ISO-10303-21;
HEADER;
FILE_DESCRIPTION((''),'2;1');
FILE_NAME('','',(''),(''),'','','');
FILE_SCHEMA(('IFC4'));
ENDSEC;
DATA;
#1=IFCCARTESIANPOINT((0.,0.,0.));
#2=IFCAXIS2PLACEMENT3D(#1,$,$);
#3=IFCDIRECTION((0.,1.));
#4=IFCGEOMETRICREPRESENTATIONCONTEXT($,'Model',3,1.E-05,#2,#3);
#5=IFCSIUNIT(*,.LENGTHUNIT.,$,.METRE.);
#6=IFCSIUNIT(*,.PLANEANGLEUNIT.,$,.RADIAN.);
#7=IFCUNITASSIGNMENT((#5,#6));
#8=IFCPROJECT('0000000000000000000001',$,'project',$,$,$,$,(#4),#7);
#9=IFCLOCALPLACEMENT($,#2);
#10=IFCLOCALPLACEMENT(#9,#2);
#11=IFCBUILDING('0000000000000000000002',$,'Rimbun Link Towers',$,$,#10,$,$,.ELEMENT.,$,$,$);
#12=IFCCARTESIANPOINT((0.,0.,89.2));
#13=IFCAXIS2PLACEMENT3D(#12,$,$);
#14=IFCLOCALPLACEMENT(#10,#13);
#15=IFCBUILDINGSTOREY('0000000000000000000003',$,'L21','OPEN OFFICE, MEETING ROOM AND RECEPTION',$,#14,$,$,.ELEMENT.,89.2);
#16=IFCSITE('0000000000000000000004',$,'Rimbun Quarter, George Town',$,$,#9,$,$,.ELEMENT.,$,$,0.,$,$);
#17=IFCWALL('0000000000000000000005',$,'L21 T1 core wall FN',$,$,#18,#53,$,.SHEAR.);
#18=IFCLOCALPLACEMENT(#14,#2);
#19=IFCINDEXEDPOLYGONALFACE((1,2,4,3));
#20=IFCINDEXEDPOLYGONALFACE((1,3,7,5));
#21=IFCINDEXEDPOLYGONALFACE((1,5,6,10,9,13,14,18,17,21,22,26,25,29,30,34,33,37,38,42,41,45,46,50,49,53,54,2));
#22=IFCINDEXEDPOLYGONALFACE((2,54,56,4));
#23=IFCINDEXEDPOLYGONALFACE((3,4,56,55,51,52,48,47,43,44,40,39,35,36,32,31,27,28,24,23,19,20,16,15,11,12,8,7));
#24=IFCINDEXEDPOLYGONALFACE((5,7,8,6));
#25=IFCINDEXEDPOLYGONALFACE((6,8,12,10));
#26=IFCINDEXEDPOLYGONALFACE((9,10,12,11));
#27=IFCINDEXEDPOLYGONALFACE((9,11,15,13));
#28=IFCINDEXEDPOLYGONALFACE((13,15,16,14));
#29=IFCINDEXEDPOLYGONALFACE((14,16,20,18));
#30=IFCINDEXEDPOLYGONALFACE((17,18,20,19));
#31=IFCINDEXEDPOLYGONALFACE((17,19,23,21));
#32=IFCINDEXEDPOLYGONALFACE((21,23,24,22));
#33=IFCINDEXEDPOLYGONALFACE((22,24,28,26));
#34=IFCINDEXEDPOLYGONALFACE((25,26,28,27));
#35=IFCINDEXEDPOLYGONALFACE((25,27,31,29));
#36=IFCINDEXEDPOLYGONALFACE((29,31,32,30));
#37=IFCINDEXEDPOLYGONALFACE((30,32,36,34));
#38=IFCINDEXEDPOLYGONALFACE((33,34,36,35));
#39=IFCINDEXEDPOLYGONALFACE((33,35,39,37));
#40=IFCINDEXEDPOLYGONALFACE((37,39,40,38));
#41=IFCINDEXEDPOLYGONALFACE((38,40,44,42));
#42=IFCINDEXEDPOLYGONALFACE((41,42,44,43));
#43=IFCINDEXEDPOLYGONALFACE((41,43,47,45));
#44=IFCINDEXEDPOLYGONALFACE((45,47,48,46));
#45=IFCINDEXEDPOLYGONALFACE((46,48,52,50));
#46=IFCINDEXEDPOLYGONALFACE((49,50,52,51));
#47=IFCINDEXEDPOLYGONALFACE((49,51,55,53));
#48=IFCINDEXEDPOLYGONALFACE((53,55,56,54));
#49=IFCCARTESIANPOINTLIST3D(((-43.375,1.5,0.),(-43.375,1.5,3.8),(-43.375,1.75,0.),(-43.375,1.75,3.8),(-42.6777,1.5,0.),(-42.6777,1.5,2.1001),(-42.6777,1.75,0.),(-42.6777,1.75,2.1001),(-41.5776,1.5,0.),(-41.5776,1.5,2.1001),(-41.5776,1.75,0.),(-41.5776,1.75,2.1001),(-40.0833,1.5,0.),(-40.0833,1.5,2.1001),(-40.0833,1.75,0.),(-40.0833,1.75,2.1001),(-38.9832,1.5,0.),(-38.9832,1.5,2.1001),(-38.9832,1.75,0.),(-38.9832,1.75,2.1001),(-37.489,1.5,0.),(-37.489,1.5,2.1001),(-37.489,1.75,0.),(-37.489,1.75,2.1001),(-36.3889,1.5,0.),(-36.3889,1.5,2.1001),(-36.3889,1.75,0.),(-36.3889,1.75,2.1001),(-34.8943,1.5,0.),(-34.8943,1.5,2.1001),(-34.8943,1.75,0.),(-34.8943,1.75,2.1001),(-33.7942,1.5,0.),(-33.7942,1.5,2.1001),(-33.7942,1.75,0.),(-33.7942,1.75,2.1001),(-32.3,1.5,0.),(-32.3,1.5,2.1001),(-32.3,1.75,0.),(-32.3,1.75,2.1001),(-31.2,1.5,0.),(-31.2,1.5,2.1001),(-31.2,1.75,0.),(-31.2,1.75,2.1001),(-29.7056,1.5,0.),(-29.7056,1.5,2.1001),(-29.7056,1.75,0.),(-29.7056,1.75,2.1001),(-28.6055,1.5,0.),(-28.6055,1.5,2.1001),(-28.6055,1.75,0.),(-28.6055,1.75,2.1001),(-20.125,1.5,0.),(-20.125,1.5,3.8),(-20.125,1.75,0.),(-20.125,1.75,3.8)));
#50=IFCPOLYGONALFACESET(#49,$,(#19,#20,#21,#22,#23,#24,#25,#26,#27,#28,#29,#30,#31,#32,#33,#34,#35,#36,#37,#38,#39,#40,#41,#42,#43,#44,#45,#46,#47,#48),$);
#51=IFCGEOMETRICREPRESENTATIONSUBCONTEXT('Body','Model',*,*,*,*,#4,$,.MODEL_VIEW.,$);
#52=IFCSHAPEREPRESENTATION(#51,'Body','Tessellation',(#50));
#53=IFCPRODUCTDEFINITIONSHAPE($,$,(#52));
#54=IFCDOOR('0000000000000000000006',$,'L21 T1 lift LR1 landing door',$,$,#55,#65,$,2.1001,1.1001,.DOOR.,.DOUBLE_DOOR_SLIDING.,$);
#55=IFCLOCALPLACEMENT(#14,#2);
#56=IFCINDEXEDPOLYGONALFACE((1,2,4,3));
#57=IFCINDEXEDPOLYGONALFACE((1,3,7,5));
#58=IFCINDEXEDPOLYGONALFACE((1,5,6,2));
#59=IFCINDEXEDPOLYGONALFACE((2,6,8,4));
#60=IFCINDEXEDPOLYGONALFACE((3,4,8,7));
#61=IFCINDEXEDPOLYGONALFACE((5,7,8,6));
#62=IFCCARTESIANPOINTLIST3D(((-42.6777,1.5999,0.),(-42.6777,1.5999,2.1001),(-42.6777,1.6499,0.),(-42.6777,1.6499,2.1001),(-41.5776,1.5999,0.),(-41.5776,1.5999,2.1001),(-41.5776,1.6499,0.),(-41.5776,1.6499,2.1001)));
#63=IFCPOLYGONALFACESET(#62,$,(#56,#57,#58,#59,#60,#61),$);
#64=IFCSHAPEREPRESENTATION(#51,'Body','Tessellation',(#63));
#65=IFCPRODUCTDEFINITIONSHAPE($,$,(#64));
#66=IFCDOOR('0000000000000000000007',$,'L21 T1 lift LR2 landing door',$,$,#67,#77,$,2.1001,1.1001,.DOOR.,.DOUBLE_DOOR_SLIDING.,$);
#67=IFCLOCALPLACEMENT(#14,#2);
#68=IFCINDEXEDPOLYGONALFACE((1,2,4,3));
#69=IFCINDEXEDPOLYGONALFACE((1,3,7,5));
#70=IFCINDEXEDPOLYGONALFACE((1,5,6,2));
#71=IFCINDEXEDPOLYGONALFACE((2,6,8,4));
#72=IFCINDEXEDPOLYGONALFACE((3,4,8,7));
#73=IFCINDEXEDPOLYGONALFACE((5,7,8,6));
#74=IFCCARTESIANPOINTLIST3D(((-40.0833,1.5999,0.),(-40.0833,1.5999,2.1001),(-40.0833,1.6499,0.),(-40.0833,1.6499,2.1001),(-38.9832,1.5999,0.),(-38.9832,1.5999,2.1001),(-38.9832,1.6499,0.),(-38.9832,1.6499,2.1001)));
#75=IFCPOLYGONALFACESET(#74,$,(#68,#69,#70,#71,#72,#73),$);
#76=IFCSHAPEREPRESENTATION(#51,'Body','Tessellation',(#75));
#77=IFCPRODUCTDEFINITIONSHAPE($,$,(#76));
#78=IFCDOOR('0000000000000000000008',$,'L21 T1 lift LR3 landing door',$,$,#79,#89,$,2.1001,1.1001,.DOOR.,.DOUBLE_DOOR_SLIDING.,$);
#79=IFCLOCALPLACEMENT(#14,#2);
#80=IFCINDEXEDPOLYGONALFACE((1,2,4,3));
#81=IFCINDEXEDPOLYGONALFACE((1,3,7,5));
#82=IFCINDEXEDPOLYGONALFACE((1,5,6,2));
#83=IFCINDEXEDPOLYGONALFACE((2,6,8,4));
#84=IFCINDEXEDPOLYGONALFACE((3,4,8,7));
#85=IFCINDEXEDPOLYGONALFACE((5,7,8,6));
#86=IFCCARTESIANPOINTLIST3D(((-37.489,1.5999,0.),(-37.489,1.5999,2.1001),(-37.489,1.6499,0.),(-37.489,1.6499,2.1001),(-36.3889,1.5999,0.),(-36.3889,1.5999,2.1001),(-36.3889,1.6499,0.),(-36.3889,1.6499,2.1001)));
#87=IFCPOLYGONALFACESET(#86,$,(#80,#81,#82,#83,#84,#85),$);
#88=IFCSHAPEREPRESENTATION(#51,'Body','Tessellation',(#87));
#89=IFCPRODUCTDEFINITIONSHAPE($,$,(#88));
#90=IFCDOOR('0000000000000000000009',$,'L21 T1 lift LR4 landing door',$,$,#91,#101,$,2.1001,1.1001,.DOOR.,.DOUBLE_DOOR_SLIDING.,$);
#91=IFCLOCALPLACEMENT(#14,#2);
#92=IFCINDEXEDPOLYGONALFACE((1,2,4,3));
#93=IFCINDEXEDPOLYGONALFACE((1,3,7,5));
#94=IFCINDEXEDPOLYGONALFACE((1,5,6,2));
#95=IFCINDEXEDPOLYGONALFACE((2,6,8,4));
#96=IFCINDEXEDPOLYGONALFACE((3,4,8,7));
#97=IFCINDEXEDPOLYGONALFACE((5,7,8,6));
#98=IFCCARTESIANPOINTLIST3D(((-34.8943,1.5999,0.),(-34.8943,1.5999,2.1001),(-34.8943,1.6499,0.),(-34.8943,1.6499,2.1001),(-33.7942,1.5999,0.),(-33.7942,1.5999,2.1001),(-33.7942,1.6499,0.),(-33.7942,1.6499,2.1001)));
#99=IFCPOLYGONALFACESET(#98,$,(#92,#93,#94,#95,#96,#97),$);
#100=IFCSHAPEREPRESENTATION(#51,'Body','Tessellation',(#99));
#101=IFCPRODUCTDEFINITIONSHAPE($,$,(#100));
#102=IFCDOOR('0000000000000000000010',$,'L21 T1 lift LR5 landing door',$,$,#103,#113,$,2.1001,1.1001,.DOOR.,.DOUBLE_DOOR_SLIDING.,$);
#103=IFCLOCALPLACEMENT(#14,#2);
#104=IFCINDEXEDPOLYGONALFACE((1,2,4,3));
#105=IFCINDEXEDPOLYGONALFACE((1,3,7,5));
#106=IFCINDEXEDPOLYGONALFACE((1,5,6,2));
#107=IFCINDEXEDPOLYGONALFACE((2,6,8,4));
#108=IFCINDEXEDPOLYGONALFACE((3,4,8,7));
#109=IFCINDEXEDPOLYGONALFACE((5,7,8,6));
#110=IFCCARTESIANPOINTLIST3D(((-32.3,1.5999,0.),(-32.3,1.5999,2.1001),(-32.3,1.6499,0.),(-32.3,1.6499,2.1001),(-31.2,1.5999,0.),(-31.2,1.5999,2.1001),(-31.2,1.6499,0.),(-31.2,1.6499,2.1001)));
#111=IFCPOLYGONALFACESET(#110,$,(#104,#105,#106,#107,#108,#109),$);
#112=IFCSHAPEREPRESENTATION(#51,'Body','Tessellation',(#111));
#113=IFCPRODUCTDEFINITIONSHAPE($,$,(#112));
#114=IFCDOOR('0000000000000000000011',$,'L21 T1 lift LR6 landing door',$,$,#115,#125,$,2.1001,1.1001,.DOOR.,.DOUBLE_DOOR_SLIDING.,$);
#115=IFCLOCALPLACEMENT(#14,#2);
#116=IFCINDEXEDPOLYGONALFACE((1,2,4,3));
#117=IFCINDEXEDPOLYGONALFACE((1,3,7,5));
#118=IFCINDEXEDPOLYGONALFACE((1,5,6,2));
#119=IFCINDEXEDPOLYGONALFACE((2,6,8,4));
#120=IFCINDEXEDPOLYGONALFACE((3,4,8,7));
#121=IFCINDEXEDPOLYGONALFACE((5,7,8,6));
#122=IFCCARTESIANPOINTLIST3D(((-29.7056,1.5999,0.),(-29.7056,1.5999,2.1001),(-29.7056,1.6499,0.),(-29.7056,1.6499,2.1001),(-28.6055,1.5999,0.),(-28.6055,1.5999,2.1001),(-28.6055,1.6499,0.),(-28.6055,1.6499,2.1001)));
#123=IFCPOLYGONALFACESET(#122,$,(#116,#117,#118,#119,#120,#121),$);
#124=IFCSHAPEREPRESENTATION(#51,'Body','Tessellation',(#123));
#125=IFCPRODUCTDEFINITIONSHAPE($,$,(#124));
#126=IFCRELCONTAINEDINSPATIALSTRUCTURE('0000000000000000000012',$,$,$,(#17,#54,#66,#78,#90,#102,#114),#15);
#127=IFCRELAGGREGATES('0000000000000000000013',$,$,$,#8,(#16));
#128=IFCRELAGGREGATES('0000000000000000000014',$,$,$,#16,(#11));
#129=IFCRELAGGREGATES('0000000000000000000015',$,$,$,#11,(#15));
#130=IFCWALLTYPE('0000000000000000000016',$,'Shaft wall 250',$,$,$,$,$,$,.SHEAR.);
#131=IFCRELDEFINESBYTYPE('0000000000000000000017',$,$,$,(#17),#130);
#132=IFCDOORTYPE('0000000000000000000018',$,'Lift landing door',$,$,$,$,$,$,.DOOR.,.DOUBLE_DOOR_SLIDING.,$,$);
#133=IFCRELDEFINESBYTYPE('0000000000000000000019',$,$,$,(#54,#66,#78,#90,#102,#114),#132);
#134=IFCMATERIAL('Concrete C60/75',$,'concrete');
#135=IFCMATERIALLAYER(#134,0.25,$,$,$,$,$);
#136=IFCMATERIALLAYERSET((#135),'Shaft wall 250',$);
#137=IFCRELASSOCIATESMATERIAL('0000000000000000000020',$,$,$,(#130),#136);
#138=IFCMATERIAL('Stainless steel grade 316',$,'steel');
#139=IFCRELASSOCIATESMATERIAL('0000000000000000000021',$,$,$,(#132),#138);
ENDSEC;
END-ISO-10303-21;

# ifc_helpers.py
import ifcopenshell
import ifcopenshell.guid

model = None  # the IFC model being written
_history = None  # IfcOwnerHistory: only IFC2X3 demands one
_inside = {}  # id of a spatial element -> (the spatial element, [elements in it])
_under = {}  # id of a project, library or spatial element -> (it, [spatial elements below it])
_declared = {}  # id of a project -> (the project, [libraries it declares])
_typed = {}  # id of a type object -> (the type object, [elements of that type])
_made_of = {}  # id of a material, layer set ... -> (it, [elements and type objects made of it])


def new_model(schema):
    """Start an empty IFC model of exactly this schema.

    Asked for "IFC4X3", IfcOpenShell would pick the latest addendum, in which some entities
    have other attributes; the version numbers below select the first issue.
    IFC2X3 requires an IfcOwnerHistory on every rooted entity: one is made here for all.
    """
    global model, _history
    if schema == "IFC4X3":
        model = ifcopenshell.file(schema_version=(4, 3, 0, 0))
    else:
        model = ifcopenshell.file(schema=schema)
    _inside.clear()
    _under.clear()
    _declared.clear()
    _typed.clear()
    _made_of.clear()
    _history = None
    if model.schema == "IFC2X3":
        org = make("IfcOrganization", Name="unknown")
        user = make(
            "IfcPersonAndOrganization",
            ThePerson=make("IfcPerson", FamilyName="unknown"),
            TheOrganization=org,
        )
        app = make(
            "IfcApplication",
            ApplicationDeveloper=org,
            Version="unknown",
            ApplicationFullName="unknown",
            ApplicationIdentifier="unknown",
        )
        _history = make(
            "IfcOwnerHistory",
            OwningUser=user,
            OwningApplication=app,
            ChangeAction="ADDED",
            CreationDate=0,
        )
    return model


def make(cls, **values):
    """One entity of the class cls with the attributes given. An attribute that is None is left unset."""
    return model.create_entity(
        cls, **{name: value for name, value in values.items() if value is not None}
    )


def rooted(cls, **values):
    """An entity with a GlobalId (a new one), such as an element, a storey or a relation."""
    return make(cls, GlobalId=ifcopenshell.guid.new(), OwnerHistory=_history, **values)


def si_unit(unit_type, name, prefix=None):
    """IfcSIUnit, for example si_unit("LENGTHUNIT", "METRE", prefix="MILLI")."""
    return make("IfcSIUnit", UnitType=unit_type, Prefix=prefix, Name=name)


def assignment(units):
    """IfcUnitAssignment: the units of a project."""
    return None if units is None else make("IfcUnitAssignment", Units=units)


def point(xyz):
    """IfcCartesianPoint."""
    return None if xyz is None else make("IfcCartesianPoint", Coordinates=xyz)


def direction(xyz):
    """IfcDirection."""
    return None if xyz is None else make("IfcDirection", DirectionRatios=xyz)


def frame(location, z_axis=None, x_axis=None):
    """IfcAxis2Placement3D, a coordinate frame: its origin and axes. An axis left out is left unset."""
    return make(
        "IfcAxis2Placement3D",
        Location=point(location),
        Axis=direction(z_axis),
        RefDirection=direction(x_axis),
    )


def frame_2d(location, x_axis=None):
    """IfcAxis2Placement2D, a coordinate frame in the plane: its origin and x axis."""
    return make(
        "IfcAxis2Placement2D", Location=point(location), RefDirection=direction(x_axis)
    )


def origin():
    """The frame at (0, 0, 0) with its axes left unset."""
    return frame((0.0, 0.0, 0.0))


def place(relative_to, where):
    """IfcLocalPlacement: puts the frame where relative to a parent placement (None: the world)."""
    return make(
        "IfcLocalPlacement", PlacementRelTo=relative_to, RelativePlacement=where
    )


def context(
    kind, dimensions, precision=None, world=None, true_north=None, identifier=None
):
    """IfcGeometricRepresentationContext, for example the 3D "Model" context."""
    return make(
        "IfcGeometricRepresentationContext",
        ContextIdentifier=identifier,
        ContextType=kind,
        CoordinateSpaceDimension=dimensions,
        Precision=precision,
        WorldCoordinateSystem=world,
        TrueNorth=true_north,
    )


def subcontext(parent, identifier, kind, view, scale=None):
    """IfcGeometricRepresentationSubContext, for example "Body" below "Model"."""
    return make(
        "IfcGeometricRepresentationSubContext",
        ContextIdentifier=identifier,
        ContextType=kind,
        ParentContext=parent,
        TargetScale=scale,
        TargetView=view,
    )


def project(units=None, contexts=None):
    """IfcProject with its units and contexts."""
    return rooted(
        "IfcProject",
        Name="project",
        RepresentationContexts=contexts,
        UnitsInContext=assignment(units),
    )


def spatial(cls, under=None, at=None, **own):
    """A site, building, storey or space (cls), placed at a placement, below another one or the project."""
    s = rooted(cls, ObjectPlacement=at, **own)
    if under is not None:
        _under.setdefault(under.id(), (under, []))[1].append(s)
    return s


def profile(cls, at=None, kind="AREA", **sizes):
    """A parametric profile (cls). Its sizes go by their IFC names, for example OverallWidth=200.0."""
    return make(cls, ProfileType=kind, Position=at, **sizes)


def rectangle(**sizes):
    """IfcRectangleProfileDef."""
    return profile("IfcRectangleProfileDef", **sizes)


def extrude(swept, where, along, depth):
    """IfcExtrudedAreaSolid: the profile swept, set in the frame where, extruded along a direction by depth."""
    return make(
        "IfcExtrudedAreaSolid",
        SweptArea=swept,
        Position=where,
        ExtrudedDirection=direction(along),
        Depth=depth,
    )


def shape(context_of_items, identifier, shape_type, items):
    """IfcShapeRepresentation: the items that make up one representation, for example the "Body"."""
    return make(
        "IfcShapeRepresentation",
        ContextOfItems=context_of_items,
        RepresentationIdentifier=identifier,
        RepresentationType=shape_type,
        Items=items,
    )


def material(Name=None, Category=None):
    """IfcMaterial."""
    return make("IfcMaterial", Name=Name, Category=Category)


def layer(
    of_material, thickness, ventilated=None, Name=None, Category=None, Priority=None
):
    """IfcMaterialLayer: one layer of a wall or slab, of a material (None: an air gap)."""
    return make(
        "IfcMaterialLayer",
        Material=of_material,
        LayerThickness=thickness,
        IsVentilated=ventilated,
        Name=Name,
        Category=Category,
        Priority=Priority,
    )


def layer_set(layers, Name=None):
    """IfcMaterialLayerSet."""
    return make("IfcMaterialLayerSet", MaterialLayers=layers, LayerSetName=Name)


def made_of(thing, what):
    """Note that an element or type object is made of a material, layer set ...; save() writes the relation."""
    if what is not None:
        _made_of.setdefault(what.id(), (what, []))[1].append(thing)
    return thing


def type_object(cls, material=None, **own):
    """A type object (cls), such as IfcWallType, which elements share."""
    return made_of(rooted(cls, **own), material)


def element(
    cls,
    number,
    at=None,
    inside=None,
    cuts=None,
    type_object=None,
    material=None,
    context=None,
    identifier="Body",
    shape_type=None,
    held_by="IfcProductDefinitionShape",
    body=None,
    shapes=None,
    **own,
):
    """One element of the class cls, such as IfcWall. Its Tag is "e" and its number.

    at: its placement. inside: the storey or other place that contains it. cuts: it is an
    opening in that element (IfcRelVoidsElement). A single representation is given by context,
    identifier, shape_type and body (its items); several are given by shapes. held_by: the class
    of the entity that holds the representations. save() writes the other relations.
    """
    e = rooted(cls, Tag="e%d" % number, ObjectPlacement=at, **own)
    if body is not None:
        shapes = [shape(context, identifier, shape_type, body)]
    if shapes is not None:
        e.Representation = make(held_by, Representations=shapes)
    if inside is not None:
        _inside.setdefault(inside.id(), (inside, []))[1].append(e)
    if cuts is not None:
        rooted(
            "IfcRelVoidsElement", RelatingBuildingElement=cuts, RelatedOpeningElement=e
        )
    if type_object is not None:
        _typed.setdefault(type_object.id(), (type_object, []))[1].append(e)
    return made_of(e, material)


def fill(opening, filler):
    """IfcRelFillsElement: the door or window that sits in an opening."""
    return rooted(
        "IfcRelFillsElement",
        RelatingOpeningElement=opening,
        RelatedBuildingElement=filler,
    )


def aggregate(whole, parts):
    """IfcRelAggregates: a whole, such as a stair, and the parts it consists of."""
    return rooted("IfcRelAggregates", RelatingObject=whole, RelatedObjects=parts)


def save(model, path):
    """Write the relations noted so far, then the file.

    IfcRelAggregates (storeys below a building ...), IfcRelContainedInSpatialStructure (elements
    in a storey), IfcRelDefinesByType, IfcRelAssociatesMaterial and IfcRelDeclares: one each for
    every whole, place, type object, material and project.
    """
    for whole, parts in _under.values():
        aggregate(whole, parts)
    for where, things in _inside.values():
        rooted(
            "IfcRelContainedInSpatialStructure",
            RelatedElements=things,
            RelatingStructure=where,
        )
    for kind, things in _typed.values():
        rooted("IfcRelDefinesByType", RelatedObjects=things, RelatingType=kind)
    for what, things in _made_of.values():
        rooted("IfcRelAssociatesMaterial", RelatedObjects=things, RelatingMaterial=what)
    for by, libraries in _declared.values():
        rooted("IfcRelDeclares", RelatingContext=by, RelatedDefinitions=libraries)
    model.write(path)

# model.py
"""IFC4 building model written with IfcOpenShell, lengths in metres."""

from ifc_helpers import new_model, si_unit, direction, frame, frame_2d, origin, place, context, subcontext, project, spatial, rectangle, extrude, material, layer, layer_set, type_object, element, fill, save


model = new_model("IFC4")

# Units and contexts
model_context = context("Model", 3, precision=1e-05, world=origin(), true_north=direction((0.0, 1.0)))
body_context = subcontext(model_context, "Body", "Model", "MODEL_VIEW")
ifc_project = project(units=[si_unit("LENGTHUNIT", "METRE"), si_unit("PLANEANGLEUNIT", "RADIAN")], contexts=[model_context])

# Site, building, storey
site_placement = place(None, origin())
site = spatial("IfcSite", under=ifc_project, at=site_placement, Name="Rimbun Quarter, George Town", CompositionType="ELEMENT", RefElevation=0.0)
building_placement = place(site_placement, origin())
building = spatial("IfcBuilding", under=site, at=building_placement, Name="Rimbun Link Towers", CompositionType="ELEMENT")
storey_placement = place(building_placement, frame((0.0, 0.0, 89.2)))
storey = spatial("IfcBuildingStorey", under=building, at=storey_placement, Name="L21", Description="OPEN OFFICE, MEETING ROOM AND RECEPTION", CompositionType="ELEMENT", Elevation=89.2)

# Shared definitions
ifc_material_1 = material(Name="Concrete C60/75", Category="concrete")
ifc_layer_1 = layer(ifc_material_1, 0.25)
ifc_layer_set_1 = layer_set([ifc_layer_1], Name="Shaft wall 250")
wall_type_1 = type_object("IfcWallType", Name="Shaft wall 250", PredefinedType="SHEAR", material=ifc_layer_set_1)

# Wall, openings, doors
wall_1_placement = place(storey_placement, frame((-43.375, 1.625, 0.0), z_axis=(0.0, 0.0, 1.0), x_axis=(1.0, 0.0, 0.0)))
wall_1 = element("IfcWall", 1, at=wall_1_placement, inside=storey, type_object=wall_type_1, Name="L21 T1 core wall FN", PredefinedType="SHEAR", context=body_context, shape_type="SweptSolid", body=[
    extrude(rectangle(XDim=23.25, YDim=0.25, at=frame_2d((11.625, 0.0))), origin(), (0.0, 0.0, 1.0), 3.8),
])
opening_1_placement = place(wall_1_placement, frame((0.6973, 0.0, 0.0)))
opening_1 = element("IfcOpeningElement", 2, at=opening_1_placement, cuts=wall_1, PredefinedType="OPENING", context=body_context, shape_type="SweptSolid", body=[
    extrude(rectangle(XDim=1.1001, YDim=2.1001, at=frame_2d((0.55, 1.05))), frame((0.0, 0.135, 0.0), z_axis=(0.0, -1.0, 0.0), x_axis=(1.0, 0.0, 0.0)), (0.0, 0.0, 1.0), 0.27),
])
opening_2_placement = place(wall_1_placement, frame((3.2917, 0.0, 0.0)))
opening_2 = element("IfcOpeningElement", 3, at=opening_2_placement, cuts=wall_1, PredefinedType="OPENING", context=body_context, shape_type="SweptSolid", body=[
    extrude(rectangle(XDim=1.1001, YDim=2.1001, at=frame_2d((0.55, 1.05))), frame((0.0, 0.135, 0.0), z_axis=(0.0, -1.0, 0.0), x_axis=(1.0, 0.0, 0.0)), (0.0, 0.0, 1.0), 0.27),
])
opening_3_placement = place(wall_1_placement, frame((5.886, 0.0, 0.0)))
opening_3 = element("IfcOpeningElement", 4, at=opening_3_placement, cuts=wall_1, PredefinedType="OPENING", context=body_context, shape_type="SweptSolid", body=[
    extrude(rectangle(XDim=1.1001, YDim=2.1001, at=frame_2d((0.55, 1.05))), frame((0.0, 0.135, 0.0), z_axis=(0.0, -1.0, 0.0), x_axis=(1.0, 0.0, 0.0)), (0.0, 0.0, 1.0), 0.27),
])
opening_4_placement = place(wall_1_placement, frame((8.4807, 0.0, 0.0)))
opening_4 = element("IfcOpeningElement", 5, at=opening_4_placement, cuts=wall_1, PredefinedType="OPENING", context=body_context, shape_type="SweptSolid", body=[
    extrude(rectangle(XDim=1.1001, YDim=2.1001, at=frame_2d((0.55, 1.05))), frame((0.0, 0.135, 0.0), z_axis=(0.0, -1.0, 0.0), x_axis=(1.0, 0.0, 0.0)), (0.0, 0.0, 1.0), 0.27),
])
opening_5_placement = place(wall_1_placement, frame((11.075, 0.0, 0.0)))
opening_5 = element("IfcOpeningElement", 6, at=opening_5_placement, cuts=wall_1, PredefinedType="OPENING", context=body_context, shape_type="SweptSolid", body=[
    extrude(rectangle(XDim=1.1001, YDim=2.1001, at=frame_2d((0.55, 1.05))), frame((0.0, 0.135, 0.0), z_axis=(0.0, -1.0, 0.0), x_axis=(1.0, 0.0, 0.0)), (0.0, 0.0, 1.0), 0.27),
])
opening_6_placement = place(wall_1_placement, frame((13.6694, 0.0, 0.0)))
opening_6 = element("IfcOpeningElement", 7, at=opening_6_placement, cuts=wall_1, PredefinedType="OPENING", context=body_context, shape_type="SweptSolid", body=[
    extrude(rectangle(XDim=1.1001, YDim=2.1001, at=frame_2d((0.55, 1.05))), frame((0.0, 0.135, 0.0), z_axis=(0.0, -1.0, 0.0), x_axis=(1.0, 0.0, 0.0)), (0.0, 0.0, 1.0), 0.27),
])
ifc_material_2 = material(Name="Stainless steel grade 316", Category="steel")
door_type_1 = type_object("IfcDoorType", Name="Lift landing door", OperationType="DOUBLE_DOOR_SLIDING", PredefinedType="DOOR", material=ifc_material_2)
door_1_placement = place(opening_1_placement, origin())
door_1 = element("IfcDoor", 8, at=door_1_placement, inside=storey, type_object=door_type_1, Name="L21 T1 lift LR1 landing door", OperationType="DOUBLE_DOOR_SLIDING", OverallHeight=2.1001, OverallWidth=1.1001, PredefinedType="DOOR", context=body_context, shape_type="SweptSolid", body=[
    extrude(rectangle(XDim=1.1001, YDim=2.1001, at=frame_2d((0.55, 1.05))), frame((0.0, 0.0249, 0.0), z_axis=(0.0, -1.0, 0.0), x_axis=(1.0, 0.0, 0.0)), (0.0, 0.0, 1.0), 0.05),
])
fill(opening_1, door_1)
door_2_placement = place(opening_2_placement, origin())
door_2 = element("IfcDoor", 9, at=door_2_placement, inside=storey, type_object=door_type_1, Name="L21 T1 lift LR2 landing door", OperationType="DOUBLE_DOOR_SLIDING", OverallHeight=2.1001, OverallWidth=1.1001, PredefinedType="DOOR", context=body_context, shape_type="SweptSolid", body=[
    extrude(rectangle(XDim=1.1001, YDim=2.1001, at=frame_2d((0.55, 1.05))), frame((0.0, 0.0249, 0.0), z_axis=(0.0, -1.0, 0.0), x_axis=(1.0, 0.0, 0.0)), (0.0, 0.0, 1.0), 0.05),
])
fill(opening_2, door_2)
door_3_placement = place(opening_3_placement, origin())
door_3 = element("IfcDoor", 10, at=door_3_placement, inside=storey, type_object=door_type_1, Name="L21 T1 lift LR3 landing door", OperationType="DOUBLE_DOOR_SLIDING", OverallHeight=2.1001, OverallWidth=1.1001, PredefinedType="DOOR", context=body_context, shape_type="SweptSolid", body=[
    extrude(rectangle(XDim=1.1001, YDim=2.1001, at=frame_2d((0.55, 1.05))), frame((0.0, 0.0249, 0.0), z_axis=(0.0, -1.0, 0.0), x_axis=(1.0, 0.0, 0.0)), (0.0, 0.0, 1.0), 0.05),
])
fill(opening_3, door_3)
door_4_placement = place(opening_4_placement, origin())
door_4 = element("IfcDoor", 11, at=door_4_placement, inside=storey, type_object=door_type_1, Name="L21 T1 lift LR4 landing door", OperationType="DOUBLE_DOOR_SLIDING", OverallHeight=2.1001, OverallWidth=1.1001, PredefinedType="DOOR", context=body_context, shape_type="SweptSolid", body=[
    extrude(rectangle(XDim=1.1001, YDim=2.1001, at=frame_2d((0.55, 1.05))), frame((0.0, 0.0249, 0.0), z_axis=(0.0, -1.0, 0.0), x_axis=(1.0, 0.0, 0.0)), (0.0, 0.0, 1.0), 0.05),
])
fill(opening_4, door_4)
door_5_placement = place(opening_5_placement, origin())
door_5 = element("IfcDoor", 12, at=door_5_placement, inside=storey, type_object=door_type_1, Name="L21 T1 lift LR5 landing door", OperationType="DOUBLE_DOOR_SLIDING", OverallHeight=2.1001, OverallWidth=1.1001, PredefinedType="DOOR", context=body_context, shape_type="SweptSolid", body=[
    extrude(rectangle(XDim=1.1001, YDim=2.1001, at=frame_2d((0.55, 1.05))), frame((0.0, 0.0249, 0.0), z_axis=(0.0, -1.0, 0.0), x_axis=(1.0, 0.0, 0.0)), (0.0, 0.0, 1.0), 0.05),
])
fill(opening_5, door_5)
door_6_placement = place(opening_6_placement, origin())
door_6 = element("IfcDoor", 13, at=door_6_placement, inside=storey, type_object=door_type_1, Name="L21 T1 lift LR6 landing door", OperationType="DOUBLE_DOOR_SLIDING", OverallHeight=2.1001, OverallWidth=1.1001, PredefinedType="DOOR", context=body_context, shape_type="SweptSolid", body=[
    extrude(rectangle(XDim=1.1001, YDim=2.1001, at=frame_2d((0.55, 1.05))), frame((0.0, 0.0249, 0.0), z_axis=(0.0, -1.0, 0.0), x_axis=(1.0, 0.0, 0.0)), (0.0, 0.0, 1.0), 0.05),
])
fill(opening_6, door_6)

save(model, "model.ifc")
